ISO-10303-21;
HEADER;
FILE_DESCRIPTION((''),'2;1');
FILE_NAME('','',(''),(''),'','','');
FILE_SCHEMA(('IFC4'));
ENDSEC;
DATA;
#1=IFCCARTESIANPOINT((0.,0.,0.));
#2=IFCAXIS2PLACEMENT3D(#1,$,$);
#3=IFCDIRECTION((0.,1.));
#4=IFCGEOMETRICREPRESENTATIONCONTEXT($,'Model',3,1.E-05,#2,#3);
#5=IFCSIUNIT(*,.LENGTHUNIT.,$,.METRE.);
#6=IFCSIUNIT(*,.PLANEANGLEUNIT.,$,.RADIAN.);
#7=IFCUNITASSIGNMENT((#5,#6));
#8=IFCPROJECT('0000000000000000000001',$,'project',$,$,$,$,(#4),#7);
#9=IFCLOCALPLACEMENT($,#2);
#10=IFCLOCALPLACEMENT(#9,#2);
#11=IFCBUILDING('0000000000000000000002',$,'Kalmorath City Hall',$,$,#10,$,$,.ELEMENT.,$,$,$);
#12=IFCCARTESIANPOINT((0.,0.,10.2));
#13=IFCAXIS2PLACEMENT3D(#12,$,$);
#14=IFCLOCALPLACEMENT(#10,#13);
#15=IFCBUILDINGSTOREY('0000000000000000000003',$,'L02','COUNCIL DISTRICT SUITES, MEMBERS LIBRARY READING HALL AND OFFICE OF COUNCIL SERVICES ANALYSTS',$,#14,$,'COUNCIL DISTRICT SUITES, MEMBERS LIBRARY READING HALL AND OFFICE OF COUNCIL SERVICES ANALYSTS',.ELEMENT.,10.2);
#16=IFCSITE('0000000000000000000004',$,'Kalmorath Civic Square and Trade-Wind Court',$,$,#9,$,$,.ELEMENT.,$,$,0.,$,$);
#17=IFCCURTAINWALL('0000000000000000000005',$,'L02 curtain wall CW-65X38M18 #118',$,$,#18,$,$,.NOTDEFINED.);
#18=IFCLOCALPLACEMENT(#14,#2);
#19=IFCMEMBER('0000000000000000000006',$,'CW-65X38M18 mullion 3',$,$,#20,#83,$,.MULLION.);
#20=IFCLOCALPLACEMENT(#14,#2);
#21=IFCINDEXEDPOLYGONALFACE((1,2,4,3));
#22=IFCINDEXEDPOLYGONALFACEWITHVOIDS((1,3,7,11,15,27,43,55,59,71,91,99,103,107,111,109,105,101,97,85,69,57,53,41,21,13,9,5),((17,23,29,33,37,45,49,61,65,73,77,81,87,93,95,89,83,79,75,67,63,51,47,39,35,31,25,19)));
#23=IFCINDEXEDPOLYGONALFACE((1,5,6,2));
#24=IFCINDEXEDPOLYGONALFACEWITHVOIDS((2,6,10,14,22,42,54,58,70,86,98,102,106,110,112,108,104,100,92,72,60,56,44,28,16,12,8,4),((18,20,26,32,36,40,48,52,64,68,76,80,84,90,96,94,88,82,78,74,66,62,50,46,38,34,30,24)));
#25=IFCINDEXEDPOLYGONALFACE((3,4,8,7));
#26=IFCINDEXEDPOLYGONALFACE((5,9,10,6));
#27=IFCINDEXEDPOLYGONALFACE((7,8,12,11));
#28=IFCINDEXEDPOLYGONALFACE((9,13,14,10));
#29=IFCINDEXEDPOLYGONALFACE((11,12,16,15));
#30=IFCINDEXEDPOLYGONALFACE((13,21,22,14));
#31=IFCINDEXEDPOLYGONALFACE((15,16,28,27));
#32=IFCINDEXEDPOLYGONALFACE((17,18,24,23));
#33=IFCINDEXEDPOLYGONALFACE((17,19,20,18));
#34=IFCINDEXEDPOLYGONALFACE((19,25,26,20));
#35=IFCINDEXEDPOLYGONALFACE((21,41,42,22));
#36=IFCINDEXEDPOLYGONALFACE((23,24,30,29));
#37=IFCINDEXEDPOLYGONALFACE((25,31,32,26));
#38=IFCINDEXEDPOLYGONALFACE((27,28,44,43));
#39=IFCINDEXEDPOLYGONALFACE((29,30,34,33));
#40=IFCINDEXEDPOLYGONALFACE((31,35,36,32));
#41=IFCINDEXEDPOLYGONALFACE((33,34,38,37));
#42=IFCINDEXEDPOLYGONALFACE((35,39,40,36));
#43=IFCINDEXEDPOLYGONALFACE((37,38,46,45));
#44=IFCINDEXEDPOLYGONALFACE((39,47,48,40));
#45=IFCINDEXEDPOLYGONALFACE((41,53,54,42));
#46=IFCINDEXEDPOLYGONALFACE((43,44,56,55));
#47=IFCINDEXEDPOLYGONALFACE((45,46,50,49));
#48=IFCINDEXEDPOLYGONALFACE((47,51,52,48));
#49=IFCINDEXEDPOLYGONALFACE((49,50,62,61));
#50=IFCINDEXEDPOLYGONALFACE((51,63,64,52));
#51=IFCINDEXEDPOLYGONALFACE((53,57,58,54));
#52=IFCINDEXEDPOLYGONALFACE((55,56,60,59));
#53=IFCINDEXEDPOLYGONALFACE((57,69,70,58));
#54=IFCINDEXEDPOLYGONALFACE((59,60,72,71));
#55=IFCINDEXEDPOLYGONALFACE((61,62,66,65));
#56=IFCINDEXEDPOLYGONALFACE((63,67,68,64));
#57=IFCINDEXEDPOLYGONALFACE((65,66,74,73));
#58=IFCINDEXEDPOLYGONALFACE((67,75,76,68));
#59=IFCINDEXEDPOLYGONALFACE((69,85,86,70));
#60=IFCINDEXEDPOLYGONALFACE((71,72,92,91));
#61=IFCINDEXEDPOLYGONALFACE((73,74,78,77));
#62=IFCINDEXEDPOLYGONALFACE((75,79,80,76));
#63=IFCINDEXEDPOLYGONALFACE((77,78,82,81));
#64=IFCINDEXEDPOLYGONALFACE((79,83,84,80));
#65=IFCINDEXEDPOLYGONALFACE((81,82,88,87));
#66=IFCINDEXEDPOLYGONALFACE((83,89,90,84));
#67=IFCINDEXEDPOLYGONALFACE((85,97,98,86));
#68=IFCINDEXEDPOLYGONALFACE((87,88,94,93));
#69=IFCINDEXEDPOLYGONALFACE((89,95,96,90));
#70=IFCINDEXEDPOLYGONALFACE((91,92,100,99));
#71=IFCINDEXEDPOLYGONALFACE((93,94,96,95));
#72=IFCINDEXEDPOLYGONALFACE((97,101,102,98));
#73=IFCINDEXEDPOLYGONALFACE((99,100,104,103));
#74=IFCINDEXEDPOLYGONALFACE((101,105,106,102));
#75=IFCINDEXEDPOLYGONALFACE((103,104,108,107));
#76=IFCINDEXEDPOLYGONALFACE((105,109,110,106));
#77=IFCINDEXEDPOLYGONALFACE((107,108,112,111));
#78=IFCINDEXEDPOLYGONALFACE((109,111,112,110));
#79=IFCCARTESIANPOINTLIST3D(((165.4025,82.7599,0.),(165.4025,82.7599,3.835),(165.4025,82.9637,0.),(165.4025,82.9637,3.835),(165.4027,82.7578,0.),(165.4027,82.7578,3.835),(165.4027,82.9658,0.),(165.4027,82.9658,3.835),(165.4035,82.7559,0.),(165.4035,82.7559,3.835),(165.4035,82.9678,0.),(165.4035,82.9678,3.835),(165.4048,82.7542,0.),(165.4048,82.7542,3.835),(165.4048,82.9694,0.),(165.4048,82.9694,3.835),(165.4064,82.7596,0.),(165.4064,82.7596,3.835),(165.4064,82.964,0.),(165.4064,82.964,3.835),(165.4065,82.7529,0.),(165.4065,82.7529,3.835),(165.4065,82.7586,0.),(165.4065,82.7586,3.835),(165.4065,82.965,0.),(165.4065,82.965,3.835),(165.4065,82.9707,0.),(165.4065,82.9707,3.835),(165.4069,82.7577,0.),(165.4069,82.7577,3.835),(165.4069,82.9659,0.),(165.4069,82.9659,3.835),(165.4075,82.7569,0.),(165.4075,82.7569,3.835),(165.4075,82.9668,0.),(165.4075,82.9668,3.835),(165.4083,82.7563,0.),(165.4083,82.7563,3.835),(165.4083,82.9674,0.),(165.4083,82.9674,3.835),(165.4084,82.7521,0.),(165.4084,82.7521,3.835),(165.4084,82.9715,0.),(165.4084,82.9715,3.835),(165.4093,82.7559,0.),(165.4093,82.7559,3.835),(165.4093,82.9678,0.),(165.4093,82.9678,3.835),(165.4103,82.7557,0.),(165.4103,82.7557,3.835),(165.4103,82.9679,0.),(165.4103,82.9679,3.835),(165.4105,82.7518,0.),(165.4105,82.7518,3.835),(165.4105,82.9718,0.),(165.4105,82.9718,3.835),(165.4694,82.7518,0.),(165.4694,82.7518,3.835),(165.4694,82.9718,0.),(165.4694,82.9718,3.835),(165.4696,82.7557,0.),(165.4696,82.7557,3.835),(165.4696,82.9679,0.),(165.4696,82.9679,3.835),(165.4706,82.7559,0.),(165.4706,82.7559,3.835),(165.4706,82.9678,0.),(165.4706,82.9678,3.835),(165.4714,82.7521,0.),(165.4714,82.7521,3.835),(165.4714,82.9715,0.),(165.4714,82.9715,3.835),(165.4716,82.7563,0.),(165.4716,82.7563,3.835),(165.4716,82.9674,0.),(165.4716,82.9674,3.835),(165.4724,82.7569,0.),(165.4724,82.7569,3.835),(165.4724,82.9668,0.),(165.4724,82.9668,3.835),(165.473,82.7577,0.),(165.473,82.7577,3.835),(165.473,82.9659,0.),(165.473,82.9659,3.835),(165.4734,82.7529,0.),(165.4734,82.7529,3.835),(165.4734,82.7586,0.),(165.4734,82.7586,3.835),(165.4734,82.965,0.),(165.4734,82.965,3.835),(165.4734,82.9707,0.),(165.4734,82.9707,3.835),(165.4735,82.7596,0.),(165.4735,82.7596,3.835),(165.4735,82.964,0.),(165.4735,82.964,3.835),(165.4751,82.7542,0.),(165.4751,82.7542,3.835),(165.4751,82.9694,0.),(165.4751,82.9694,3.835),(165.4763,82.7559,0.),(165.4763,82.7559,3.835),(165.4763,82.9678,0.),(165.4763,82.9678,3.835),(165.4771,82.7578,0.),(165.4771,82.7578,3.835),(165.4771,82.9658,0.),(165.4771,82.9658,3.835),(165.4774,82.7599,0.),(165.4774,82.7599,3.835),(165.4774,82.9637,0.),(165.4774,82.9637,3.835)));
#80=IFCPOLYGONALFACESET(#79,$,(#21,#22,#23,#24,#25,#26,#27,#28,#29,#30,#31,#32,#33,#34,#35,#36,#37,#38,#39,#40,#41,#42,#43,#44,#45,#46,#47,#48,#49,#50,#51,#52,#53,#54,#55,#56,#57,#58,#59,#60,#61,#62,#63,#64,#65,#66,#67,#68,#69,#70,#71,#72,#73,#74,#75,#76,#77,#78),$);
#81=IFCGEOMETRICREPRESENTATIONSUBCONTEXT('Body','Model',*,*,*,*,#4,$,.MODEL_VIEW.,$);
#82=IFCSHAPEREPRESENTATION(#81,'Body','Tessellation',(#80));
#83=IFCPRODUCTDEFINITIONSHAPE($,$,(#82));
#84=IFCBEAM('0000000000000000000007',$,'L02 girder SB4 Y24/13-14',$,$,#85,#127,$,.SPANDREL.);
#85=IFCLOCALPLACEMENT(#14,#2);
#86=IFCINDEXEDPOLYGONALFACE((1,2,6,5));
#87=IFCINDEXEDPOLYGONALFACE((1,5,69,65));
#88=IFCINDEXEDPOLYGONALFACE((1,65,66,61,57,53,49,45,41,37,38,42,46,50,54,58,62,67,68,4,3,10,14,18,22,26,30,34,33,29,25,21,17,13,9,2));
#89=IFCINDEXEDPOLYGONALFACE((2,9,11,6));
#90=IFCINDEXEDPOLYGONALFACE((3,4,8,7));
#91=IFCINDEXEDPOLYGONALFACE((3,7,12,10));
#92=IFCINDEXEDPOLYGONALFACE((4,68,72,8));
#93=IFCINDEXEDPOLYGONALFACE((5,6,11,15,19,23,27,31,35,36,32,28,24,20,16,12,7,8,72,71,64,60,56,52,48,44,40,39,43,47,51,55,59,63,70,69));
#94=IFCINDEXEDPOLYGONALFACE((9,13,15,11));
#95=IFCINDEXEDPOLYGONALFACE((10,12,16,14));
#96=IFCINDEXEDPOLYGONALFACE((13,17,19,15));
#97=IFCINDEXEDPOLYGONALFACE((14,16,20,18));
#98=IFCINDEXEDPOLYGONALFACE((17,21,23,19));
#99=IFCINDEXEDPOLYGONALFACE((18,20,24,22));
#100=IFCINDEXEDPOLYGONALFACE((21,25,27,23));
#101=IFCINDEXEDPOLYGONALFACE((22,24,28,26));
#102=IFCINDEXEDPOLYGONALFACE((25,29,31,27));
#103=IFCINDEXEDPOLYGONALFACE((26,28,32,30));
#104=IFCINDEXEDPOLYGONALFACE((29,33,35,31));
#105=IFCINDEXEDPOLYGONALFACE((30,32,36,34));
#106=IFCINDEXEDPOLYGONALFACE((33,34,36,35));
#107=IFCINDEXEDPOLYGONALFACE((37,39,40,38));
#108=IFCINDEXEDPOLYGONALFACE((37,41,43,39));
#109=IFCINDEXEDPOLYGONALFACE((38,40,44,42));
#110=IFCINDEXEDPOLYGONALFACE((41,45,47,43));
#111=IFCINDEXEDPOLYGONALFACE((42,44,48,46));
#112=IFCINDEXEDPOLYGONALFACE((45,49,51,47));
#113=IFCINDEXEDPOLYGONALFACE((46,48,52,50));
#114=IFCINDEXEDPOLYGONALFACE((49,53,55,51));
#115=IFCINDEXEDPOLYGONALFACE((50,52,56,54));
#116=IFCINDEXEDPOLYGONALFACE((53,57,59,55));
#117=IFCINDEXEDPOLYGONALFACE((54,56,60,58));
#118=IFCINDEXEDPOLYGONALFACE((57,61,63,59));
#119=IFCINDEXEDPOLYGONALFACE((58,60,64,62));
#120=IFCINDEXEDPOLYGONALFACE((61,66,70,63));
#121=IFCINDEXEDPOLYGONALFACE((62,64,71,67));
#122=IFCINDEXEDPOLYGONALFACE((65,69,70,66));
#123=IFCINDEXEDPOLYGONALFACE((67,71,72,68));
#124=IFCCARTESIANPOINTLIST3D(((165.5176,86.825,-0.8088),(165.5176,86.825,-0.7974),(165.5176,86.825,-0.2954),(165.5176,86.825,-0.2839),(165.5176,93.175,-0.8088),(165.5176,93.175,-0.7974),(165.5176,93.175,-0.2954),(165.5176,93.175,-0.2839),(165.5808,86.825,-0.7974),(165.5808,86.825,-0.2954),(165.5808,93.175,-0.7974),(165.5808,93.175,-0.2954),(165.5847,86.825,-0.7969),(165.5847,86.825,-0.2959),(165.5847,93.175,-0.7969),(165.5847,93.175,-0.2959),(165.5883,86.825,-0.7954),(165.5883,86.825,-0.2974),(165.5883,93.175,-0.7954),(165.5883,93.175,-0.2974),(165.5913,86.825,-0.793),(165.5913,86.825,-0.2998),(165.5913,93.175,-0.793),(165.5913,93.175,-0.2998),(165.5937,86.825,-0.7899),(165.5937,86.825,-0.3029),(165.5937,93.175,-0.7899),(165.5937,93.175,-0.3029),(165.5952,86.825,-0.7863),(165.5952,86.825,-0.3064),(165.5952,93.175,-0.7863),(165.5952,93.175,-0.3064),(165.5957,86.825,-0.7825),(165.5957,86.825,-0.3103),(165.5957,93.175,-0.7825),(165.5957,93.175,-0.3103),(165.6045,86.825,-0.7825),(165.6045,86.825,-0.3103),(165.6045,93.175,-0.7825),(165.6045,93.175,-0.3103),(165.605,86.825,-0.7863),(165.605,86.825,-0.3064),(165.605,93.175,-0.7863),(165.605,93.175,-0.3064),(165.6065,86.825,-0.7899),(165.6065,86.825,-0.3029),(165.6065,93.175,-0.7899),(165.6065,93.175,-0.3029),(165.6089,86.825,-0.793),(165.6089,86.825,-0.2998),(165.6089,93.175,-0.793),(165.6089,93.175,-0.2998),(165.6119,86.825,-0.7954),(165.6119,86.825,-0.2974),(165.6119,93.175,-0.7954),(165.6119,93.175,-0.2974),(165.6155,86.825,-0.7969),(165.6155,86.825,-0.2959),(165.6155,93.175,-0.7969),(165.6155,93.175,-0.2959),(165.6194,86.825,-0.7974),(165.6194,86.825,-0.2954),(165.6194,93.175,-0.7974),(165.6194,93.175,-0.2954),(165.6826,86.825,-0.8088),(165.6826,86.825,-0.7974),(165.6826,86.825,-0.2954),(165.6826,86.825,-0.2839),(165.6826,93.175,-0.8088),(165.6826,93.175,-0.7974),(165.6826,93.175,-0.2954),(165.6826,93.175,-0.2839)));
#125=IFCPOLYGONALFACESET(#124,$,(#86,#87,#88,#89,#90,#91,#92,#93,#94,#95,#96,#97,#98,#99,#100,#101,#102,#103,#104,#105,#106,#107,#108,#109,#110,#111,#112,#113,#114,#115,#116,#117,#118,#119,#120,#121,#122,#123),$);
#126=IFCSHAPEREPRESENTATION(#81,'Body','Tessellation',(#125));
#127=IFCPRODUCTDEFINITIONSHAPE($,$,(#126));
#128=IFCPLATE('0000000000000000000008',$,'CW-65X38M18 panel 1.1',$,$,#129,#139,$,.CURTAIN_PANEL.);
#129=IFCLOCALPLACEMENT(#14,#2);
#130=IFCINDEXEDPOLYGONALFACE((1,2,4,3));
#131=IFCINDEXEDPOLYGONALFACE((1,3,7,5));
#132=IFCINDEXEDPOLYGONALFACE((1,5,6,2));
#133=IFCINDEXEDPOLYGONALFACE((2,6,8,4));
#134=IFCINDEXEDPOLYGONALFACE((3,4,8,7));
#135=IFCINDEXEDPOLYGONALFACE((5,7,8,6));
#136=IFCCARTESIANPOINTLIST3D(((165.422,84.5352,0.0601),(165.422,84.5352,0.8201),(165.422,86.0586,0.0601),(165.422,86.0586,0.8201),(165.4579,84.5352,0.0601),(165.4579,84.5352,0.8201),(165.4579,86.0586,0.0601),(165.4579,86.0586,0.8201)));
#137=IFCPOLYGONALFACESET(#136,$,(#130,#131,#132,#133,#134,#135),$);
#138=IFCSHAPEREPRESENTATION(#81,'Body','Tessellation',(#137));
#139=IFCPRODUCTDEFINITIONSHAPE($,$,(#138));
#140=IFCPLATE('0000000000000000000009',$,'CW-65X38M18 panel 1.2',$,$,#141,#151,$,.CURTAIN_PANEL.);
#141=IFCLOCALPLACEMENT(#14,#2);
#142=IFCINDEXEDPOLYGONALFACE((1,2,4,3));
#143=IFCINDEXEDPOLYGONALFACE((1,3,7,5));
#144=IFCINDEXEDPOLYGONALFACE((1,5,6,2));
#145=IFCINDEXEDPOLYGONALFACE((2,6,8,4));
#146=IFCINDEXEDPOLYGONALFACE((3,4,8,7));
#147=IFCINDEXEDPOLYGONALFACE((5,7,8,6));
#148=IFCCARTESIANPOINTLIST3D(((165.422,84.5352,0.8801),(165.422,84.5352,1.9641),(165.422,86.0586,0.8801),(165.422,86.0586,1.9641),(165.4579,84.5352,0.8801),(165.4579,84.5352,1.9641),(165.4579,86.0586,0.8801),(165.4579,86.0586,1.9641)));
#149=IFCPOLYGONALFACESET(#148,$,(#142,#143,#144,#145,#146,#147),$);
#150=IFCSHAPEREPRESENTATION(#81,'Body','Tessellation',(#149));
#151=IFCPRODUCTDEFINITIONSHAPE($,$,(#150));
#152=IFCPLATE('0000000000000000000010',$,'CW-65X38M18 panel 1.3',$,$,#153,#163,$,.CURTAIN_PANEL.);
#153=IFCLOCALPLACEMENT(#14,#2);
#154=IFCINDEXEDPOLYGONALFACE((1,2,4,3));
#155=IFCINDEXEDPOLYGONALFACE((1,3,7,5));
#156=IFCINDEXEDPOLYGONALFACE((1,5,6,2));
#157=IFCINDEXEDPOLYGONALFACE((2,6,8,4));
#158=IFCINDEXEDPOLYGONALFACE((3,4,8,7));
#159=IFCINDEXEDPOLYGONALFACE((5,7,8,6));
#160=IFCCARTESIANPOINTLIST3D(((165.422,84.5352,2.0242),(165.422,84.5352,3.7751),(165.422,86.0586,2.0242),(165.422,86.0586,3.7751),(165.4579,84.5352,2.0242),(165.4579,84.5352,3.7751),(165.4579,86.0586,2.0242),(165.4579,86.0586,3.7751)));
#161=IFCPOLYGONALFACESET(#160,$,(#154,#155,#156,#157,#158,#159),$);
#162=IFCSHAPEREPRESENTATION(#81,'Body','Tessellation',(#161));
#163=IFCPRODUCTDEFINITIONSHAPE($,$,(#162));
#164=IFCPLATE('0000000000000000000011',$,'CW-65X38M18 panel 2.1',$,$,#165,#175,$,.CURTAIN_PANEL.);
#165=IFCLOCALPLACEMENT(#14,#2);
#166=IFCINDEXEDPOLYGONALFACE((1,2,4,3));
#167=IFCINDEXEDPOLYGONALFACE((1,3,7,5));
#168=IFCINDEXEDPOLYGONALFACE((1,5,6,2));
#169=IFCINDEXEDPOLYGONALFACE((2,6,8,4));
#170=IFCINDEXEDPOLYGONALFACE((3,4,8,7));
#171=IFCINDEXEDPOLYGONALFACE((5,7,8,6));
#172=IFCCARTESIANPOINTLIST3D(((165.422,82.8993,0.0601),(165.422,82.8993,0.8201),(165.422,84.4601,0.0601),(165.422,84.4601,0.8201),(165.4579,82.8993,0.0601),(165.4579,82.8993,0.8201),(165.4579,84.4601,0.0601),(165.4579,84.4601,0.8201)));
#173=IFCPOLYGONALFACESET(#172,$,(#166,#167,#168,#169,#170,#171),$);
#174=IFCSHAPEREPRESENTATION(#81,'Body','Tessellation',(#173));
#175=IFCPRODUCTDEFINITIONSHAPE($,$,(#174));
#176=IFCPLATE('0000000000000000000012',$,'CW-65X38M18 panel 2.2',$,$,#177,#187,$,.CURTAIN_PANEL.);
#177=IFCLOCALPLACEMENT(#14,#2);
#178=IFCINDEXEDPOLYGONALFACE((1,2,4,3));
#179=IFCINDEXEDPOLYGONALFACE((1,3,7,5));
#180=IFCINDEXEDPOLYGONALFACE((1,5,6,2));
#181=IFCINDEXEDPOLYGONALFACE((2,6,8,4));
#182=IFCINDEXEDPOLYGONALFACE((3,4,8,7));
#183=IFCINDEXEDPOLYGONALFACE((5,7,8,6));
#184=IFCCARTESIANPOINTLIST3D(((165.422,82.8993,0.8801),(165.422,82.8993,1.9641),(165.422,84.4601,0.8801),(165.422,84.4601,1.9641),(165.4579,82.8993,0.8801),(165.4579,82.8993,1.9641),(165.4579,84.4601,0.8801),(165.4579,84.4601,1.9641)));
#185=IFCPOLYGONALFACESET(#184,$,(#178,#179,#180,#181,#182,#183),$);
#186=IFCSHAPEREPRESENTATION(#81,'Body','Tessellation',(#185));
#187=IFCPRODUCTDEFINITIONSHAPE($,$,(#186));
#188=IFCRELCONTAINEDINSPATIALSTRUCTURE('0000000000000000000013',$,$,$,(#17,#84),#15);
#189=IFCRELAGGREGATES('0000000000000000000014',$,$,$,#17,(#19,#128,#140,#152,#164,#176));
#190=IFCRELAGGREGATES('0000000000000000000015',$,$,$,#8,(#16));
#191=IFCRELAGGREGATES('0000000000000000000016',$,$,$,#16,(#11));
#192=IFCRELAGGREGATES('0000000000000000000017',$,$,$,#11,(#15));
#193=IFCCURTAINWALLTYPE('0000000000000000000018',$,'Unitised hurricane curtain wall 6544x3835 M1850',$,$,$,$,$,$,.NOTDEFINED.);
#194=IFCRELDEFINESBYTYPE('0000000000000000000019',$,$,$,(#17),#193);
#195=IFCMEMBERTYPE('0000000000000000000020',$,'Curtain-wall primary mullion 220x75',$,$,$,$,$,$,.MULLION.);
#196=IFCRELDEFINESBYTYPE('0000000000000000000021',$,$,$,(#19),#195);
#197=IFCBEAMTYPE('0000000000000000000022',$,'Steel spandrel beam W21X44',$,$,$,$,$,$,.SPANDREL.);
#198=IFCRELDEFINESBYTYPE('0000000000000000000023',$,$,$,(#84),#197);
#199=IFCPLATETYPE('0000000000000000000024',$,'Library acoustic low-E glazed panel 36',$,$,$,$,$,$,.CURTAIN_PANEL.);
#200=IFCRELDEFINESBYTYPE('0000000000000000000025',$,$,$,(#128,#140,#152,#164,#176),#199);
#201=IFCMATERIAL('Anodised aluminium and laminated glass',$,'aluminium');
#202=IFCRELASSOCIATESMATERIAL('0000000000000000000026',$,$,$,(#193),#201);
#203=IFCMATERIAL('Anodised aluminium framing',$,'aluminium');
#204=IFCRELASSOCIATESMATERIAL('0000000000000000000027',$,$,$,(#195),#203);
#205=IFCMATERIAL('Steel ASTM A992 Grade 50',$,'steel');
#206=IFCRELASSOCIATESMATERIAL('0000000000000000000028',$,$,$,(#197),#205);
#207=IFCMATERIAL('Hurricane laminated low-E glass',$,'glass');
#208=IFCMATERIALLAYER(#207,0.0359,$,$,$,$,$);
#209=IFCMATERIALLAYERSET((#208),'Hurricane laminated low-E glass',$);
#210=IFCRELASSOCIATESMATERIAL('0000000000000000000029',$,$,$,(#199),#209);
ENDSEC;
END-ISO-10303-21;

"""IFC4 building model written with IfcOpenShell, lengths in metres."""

from ifc_helpers import new_model, si_unit, direction, frame, origin, origin_2d, place, context, subcontext, project, spatial, rectangle, hollow_rectangle, i_section, extrude, material, layer, layer_set, material_profile, profile_set, type_object, element, aggregate, save


model = new_model("IFC4")

# Units and contexts
model_context = context("Model", 3, precision=1e-05, world=origin(), true_north=direction((0.0, 1.0)))
body_context = subcontext(model_context, "Body", "Model", "MODEL_VIEW")
ifc_project = project(units=[si_unit("LENGTHUNIT", "METRE"), si_unit("PLANEANGLEUNIT", "RADIAN")], contexts=[model_context])

# Site, building, storey
site_placement = place(None, origin())
site = spatial("IfcSite", under=ifc_project, at=site_placement, Name="Kalmorath Civic Square and Trade-Wind Court", CompositionType="ELEMENT", RefElevation=0.0)
building_placement = place(site_placement, origin())
building = spatial("IfcBuilding", under=site, at=building_placement, Name="Kalmorath City Hall", CompositionType="ELEMENT")
storey_placement = place(building_placement, frame((0.0, 0.0, 10.2)))
storey = spatial("IfcBuildingStorey", under=building, at=storey_placement, Name="L02", Description="COUNCIL DISTRICT SUITES, MEMBERS LIBRARY READING HALL AND OFFICE OF COUNCIL SERVICES ANALYSTS", LongName="COUNCIL DISTRICT SUITES, MEMBERS LIBRARY READING HALL AND OFFICE OF COUNCIL SERVICES ANALYSTS", CompositionType="ELEMENT", Elevation=10.2)

# Curtain wall, member
ifc_material_1 = material(Name="Anodised aluminium and laminated glass", Category="aluminium")
curtain_wall_type = type_object("IfcCurtainWallType", Name="Unitised hurricane curtain wall 6544x3835 M1850", PredefinedType="NOTDEFINED", material=ifc_material_1)
curtain_wall_placement = place(storey_placement, origin())
curtain_wall = element("IfcCurtainWall", 1, at=curtain_wall_placement, inside=storey, type_object=curtain_wall_type, Name="L02 curtain wall CW-65X38M18 #118", PredefinedType="NOTDEFINED")
ifc_material_2 = material(Name="Anodised aluminium framing", Category="aluminium")
ifc_material_profile_1 = material_profile(ifc_material_2, hollow_rectangle(XDim=0.075, YDim=0.22, WallThickness=0.0039, InnerFilletRadius=0.0039, OuterFilletRadius=0.0081, at=origin_2d()), Name="ALU-MUL-220X75X4")
ifc_profile_set_1 = profile_set([ifc_material_profile_1], Name="Anodised aluminium framing")
member_type_1 = type_object("IfcMemberType", Name="Curtain-wall primary mullion 220x75", PredefinedType="MULLION", material=ifc_profile_set_1)
member_1_placement = place(storey_placement, frame((165.4399, 82.8618, 0.0), z_axis=(0.0, 0.0, 1.0), x_axis=(1.0, 0.0, 0.0)))
member_1 = element("IfcMember", 2, at=member_1_placement, type_object=member_type_1, Name="CW-65X38M18 mullion 3", PredefinedType="MULLION", context=body_context, shape_type="SweptSolid", body=[
    extrude(hollow_rectangle(XDim=0.075, YDim=0.22, WallThickness=0.0039, InnerFilletRadius=0.0039, OuterFilletRadius=0.0081, at=origin_2d()), origin(), (0.0, 0.0, 1.0), 3.835),
])

# Beam
ifc_material_3 = material(Name="Steel ASTM A992 Grade 50", Category="steel")
ifc_material_profile_2 = material_profile(ifc_material_3, i_section(OverallWidth=0.165, OverallDepth=0.5249, WebThickness=0.0088, FlangeThickness=0.0115, FilletRadius=0.0149, at=origin_2d()), Name="W21X44")
ifc_profile_set_2 = profile_set([ifc_material_profile_2], Name="Steel ASTM A992 Grade 50")
beam_type = type_object("IfcBeamType", Name="Steel spandrel beam W21X44", PredefinedType="SPANDREL", material=ifc_profile_set_2)
beam_placement = place(storey_placement, frame((165.6001, 86.825, -0.5464), z_axis=(0.0, 1.0, 0.0), x_axis=(-1.0, 0.0, 0.0)))
element("IfcBeam", 3, at=beam_placement, inside=storey, type_object=beam_type, Name="L02 girder SB4 Y24/13-14", PredefinedType="SPANDREL", context=body_context, shape_type="SweptSolid", body=[
    extrude(i_section(OverallWidth=0.165, OverallDepth=0.5249, WebThickness=0.0088, FlangeThickness=0.0115, FilletRadius=0.0149, at=origin_2d()), origin(), (0.0, 0.0, 1.0), 6.3501),
])

# Plates
ifc_material_4 = material(Name="Hurricane laminated low-E glass", Category="glass")
ifc_layer_1 = layer(ifc_material_4, 0.0359)
ifc_layer_set_1 = layer_set([ifc_layer_1], Name="Hurricane laminated low-E glass")
plate_type = type_object("IfcPlateType", Name="Library acoustic low-E glazed panel 36", PredefinedType="CURTAIN_PANEL", material=ifc_layer_set_1)
plate_1_placement = place(storey_placement, frame((165.4399, 85.2969, 0.0601), z_axis=(0.0, 0.0, 1.0), x_axis=(0.0, -1.0, 0.0)))
plate_1 = element("IfcPlate", 4, at=plate_1_placement, type_object=plate_type, Name="CW-65X38M18 panel 1.1", PredefinedType="CURTAIN_PANEL", context=body_context, shape_type="SweptSolid", body=[
    extrude(rectangle(XDim=1.5234, YDim=0.0359, at=origin_2d()), origin(), (0.0, 0.0, 1.0), 0.76),
])
plate_2_placement = place(storey_placement, frame((165.4399, 85.2969, 0.8801), z_axis=(0.0, 0.0, 1.0), x_axis=(0.0, -1.0, 0.0)))
plate_2 = element("IfcPlate", 5, at=plate_2_placement, type_object=plate_type, Name="CW-65X38M18 panel 1.2", PredefinedType="CURTAIN_PANEL", context=body_context, shape_type="SweptSolid", body=[
    extrude(rectangle(XDim=1.5234, YDim=0.0359, at=origin_2d()), origin(), (0.0, 0.0, 1.0), 1.084),
])
plate_3_placement = place(storey_placement, frame((165.4399, 85.2969, 2.0242), z_axis=(0.0, 0.0, 1.0), x_axis=(0.0, -1.0, 0.0)))
plate_3 = element("IfcPlate", 6, at=plate_3_placement, type_object=plate_type, Name="CW-65X38M18 panel 1.3", PredefinedType="CURTAIN_PANEL", context=body_context, shape_type="SweptSolid", body=[
    extrude(rectangle(XDim=1.5234, YDim=0.0359, at=origin_2d()), origin(), (0.0, 0.0, 1.0), 1.751),
])
plate_4_placement = place(storey_placement, frame((165.4399, 83.6797, 0.0601), z_axis=(0.0, 0.0, 1.0), x_axis=(0.0, -1.0, 0.0)))
plate_4 = element("IfcPlate", 7, at=plate_4_placement, type_object=plate_type, Name="CW-65X38M18 panel 2.1", PredefinedType="CURTAIN_PANEL", context=body_context, shape_type="SweptSolid", body=[
    extrude(rectangle(XDim=1.5608, YDim=0.0359, at=origin_2d()), origin(), (0.0, 0.0, 1.0), 0.76),
])
plate_5_placement = place(storey_placement, frame((165.4399, 83.6797, 0.8801), z_axis=(0.0, 0.0, 1.0), x_axis=(0.0, -1.0, 0.0)))
plate_5 = element("IfcPlate", 8, at=plate_5_placement, type_object=plate_type, Name="CW-65X38M18 panel 2.2", PredefinedType="CURTAIN_PANEL", context=body_context, shape_type="SweptSolid", body=[
    extrude(rectangle(XDim=1.5608, YDim=0.0359, at=origin_2d()), origin(), (0.0, 0.0, 1.0), 1.084),
])
aggregate(curtain_wall, [member_1, plate_1, plate_2, plate_3, plate_4, plate_5])

save(model, "model.ifc")
